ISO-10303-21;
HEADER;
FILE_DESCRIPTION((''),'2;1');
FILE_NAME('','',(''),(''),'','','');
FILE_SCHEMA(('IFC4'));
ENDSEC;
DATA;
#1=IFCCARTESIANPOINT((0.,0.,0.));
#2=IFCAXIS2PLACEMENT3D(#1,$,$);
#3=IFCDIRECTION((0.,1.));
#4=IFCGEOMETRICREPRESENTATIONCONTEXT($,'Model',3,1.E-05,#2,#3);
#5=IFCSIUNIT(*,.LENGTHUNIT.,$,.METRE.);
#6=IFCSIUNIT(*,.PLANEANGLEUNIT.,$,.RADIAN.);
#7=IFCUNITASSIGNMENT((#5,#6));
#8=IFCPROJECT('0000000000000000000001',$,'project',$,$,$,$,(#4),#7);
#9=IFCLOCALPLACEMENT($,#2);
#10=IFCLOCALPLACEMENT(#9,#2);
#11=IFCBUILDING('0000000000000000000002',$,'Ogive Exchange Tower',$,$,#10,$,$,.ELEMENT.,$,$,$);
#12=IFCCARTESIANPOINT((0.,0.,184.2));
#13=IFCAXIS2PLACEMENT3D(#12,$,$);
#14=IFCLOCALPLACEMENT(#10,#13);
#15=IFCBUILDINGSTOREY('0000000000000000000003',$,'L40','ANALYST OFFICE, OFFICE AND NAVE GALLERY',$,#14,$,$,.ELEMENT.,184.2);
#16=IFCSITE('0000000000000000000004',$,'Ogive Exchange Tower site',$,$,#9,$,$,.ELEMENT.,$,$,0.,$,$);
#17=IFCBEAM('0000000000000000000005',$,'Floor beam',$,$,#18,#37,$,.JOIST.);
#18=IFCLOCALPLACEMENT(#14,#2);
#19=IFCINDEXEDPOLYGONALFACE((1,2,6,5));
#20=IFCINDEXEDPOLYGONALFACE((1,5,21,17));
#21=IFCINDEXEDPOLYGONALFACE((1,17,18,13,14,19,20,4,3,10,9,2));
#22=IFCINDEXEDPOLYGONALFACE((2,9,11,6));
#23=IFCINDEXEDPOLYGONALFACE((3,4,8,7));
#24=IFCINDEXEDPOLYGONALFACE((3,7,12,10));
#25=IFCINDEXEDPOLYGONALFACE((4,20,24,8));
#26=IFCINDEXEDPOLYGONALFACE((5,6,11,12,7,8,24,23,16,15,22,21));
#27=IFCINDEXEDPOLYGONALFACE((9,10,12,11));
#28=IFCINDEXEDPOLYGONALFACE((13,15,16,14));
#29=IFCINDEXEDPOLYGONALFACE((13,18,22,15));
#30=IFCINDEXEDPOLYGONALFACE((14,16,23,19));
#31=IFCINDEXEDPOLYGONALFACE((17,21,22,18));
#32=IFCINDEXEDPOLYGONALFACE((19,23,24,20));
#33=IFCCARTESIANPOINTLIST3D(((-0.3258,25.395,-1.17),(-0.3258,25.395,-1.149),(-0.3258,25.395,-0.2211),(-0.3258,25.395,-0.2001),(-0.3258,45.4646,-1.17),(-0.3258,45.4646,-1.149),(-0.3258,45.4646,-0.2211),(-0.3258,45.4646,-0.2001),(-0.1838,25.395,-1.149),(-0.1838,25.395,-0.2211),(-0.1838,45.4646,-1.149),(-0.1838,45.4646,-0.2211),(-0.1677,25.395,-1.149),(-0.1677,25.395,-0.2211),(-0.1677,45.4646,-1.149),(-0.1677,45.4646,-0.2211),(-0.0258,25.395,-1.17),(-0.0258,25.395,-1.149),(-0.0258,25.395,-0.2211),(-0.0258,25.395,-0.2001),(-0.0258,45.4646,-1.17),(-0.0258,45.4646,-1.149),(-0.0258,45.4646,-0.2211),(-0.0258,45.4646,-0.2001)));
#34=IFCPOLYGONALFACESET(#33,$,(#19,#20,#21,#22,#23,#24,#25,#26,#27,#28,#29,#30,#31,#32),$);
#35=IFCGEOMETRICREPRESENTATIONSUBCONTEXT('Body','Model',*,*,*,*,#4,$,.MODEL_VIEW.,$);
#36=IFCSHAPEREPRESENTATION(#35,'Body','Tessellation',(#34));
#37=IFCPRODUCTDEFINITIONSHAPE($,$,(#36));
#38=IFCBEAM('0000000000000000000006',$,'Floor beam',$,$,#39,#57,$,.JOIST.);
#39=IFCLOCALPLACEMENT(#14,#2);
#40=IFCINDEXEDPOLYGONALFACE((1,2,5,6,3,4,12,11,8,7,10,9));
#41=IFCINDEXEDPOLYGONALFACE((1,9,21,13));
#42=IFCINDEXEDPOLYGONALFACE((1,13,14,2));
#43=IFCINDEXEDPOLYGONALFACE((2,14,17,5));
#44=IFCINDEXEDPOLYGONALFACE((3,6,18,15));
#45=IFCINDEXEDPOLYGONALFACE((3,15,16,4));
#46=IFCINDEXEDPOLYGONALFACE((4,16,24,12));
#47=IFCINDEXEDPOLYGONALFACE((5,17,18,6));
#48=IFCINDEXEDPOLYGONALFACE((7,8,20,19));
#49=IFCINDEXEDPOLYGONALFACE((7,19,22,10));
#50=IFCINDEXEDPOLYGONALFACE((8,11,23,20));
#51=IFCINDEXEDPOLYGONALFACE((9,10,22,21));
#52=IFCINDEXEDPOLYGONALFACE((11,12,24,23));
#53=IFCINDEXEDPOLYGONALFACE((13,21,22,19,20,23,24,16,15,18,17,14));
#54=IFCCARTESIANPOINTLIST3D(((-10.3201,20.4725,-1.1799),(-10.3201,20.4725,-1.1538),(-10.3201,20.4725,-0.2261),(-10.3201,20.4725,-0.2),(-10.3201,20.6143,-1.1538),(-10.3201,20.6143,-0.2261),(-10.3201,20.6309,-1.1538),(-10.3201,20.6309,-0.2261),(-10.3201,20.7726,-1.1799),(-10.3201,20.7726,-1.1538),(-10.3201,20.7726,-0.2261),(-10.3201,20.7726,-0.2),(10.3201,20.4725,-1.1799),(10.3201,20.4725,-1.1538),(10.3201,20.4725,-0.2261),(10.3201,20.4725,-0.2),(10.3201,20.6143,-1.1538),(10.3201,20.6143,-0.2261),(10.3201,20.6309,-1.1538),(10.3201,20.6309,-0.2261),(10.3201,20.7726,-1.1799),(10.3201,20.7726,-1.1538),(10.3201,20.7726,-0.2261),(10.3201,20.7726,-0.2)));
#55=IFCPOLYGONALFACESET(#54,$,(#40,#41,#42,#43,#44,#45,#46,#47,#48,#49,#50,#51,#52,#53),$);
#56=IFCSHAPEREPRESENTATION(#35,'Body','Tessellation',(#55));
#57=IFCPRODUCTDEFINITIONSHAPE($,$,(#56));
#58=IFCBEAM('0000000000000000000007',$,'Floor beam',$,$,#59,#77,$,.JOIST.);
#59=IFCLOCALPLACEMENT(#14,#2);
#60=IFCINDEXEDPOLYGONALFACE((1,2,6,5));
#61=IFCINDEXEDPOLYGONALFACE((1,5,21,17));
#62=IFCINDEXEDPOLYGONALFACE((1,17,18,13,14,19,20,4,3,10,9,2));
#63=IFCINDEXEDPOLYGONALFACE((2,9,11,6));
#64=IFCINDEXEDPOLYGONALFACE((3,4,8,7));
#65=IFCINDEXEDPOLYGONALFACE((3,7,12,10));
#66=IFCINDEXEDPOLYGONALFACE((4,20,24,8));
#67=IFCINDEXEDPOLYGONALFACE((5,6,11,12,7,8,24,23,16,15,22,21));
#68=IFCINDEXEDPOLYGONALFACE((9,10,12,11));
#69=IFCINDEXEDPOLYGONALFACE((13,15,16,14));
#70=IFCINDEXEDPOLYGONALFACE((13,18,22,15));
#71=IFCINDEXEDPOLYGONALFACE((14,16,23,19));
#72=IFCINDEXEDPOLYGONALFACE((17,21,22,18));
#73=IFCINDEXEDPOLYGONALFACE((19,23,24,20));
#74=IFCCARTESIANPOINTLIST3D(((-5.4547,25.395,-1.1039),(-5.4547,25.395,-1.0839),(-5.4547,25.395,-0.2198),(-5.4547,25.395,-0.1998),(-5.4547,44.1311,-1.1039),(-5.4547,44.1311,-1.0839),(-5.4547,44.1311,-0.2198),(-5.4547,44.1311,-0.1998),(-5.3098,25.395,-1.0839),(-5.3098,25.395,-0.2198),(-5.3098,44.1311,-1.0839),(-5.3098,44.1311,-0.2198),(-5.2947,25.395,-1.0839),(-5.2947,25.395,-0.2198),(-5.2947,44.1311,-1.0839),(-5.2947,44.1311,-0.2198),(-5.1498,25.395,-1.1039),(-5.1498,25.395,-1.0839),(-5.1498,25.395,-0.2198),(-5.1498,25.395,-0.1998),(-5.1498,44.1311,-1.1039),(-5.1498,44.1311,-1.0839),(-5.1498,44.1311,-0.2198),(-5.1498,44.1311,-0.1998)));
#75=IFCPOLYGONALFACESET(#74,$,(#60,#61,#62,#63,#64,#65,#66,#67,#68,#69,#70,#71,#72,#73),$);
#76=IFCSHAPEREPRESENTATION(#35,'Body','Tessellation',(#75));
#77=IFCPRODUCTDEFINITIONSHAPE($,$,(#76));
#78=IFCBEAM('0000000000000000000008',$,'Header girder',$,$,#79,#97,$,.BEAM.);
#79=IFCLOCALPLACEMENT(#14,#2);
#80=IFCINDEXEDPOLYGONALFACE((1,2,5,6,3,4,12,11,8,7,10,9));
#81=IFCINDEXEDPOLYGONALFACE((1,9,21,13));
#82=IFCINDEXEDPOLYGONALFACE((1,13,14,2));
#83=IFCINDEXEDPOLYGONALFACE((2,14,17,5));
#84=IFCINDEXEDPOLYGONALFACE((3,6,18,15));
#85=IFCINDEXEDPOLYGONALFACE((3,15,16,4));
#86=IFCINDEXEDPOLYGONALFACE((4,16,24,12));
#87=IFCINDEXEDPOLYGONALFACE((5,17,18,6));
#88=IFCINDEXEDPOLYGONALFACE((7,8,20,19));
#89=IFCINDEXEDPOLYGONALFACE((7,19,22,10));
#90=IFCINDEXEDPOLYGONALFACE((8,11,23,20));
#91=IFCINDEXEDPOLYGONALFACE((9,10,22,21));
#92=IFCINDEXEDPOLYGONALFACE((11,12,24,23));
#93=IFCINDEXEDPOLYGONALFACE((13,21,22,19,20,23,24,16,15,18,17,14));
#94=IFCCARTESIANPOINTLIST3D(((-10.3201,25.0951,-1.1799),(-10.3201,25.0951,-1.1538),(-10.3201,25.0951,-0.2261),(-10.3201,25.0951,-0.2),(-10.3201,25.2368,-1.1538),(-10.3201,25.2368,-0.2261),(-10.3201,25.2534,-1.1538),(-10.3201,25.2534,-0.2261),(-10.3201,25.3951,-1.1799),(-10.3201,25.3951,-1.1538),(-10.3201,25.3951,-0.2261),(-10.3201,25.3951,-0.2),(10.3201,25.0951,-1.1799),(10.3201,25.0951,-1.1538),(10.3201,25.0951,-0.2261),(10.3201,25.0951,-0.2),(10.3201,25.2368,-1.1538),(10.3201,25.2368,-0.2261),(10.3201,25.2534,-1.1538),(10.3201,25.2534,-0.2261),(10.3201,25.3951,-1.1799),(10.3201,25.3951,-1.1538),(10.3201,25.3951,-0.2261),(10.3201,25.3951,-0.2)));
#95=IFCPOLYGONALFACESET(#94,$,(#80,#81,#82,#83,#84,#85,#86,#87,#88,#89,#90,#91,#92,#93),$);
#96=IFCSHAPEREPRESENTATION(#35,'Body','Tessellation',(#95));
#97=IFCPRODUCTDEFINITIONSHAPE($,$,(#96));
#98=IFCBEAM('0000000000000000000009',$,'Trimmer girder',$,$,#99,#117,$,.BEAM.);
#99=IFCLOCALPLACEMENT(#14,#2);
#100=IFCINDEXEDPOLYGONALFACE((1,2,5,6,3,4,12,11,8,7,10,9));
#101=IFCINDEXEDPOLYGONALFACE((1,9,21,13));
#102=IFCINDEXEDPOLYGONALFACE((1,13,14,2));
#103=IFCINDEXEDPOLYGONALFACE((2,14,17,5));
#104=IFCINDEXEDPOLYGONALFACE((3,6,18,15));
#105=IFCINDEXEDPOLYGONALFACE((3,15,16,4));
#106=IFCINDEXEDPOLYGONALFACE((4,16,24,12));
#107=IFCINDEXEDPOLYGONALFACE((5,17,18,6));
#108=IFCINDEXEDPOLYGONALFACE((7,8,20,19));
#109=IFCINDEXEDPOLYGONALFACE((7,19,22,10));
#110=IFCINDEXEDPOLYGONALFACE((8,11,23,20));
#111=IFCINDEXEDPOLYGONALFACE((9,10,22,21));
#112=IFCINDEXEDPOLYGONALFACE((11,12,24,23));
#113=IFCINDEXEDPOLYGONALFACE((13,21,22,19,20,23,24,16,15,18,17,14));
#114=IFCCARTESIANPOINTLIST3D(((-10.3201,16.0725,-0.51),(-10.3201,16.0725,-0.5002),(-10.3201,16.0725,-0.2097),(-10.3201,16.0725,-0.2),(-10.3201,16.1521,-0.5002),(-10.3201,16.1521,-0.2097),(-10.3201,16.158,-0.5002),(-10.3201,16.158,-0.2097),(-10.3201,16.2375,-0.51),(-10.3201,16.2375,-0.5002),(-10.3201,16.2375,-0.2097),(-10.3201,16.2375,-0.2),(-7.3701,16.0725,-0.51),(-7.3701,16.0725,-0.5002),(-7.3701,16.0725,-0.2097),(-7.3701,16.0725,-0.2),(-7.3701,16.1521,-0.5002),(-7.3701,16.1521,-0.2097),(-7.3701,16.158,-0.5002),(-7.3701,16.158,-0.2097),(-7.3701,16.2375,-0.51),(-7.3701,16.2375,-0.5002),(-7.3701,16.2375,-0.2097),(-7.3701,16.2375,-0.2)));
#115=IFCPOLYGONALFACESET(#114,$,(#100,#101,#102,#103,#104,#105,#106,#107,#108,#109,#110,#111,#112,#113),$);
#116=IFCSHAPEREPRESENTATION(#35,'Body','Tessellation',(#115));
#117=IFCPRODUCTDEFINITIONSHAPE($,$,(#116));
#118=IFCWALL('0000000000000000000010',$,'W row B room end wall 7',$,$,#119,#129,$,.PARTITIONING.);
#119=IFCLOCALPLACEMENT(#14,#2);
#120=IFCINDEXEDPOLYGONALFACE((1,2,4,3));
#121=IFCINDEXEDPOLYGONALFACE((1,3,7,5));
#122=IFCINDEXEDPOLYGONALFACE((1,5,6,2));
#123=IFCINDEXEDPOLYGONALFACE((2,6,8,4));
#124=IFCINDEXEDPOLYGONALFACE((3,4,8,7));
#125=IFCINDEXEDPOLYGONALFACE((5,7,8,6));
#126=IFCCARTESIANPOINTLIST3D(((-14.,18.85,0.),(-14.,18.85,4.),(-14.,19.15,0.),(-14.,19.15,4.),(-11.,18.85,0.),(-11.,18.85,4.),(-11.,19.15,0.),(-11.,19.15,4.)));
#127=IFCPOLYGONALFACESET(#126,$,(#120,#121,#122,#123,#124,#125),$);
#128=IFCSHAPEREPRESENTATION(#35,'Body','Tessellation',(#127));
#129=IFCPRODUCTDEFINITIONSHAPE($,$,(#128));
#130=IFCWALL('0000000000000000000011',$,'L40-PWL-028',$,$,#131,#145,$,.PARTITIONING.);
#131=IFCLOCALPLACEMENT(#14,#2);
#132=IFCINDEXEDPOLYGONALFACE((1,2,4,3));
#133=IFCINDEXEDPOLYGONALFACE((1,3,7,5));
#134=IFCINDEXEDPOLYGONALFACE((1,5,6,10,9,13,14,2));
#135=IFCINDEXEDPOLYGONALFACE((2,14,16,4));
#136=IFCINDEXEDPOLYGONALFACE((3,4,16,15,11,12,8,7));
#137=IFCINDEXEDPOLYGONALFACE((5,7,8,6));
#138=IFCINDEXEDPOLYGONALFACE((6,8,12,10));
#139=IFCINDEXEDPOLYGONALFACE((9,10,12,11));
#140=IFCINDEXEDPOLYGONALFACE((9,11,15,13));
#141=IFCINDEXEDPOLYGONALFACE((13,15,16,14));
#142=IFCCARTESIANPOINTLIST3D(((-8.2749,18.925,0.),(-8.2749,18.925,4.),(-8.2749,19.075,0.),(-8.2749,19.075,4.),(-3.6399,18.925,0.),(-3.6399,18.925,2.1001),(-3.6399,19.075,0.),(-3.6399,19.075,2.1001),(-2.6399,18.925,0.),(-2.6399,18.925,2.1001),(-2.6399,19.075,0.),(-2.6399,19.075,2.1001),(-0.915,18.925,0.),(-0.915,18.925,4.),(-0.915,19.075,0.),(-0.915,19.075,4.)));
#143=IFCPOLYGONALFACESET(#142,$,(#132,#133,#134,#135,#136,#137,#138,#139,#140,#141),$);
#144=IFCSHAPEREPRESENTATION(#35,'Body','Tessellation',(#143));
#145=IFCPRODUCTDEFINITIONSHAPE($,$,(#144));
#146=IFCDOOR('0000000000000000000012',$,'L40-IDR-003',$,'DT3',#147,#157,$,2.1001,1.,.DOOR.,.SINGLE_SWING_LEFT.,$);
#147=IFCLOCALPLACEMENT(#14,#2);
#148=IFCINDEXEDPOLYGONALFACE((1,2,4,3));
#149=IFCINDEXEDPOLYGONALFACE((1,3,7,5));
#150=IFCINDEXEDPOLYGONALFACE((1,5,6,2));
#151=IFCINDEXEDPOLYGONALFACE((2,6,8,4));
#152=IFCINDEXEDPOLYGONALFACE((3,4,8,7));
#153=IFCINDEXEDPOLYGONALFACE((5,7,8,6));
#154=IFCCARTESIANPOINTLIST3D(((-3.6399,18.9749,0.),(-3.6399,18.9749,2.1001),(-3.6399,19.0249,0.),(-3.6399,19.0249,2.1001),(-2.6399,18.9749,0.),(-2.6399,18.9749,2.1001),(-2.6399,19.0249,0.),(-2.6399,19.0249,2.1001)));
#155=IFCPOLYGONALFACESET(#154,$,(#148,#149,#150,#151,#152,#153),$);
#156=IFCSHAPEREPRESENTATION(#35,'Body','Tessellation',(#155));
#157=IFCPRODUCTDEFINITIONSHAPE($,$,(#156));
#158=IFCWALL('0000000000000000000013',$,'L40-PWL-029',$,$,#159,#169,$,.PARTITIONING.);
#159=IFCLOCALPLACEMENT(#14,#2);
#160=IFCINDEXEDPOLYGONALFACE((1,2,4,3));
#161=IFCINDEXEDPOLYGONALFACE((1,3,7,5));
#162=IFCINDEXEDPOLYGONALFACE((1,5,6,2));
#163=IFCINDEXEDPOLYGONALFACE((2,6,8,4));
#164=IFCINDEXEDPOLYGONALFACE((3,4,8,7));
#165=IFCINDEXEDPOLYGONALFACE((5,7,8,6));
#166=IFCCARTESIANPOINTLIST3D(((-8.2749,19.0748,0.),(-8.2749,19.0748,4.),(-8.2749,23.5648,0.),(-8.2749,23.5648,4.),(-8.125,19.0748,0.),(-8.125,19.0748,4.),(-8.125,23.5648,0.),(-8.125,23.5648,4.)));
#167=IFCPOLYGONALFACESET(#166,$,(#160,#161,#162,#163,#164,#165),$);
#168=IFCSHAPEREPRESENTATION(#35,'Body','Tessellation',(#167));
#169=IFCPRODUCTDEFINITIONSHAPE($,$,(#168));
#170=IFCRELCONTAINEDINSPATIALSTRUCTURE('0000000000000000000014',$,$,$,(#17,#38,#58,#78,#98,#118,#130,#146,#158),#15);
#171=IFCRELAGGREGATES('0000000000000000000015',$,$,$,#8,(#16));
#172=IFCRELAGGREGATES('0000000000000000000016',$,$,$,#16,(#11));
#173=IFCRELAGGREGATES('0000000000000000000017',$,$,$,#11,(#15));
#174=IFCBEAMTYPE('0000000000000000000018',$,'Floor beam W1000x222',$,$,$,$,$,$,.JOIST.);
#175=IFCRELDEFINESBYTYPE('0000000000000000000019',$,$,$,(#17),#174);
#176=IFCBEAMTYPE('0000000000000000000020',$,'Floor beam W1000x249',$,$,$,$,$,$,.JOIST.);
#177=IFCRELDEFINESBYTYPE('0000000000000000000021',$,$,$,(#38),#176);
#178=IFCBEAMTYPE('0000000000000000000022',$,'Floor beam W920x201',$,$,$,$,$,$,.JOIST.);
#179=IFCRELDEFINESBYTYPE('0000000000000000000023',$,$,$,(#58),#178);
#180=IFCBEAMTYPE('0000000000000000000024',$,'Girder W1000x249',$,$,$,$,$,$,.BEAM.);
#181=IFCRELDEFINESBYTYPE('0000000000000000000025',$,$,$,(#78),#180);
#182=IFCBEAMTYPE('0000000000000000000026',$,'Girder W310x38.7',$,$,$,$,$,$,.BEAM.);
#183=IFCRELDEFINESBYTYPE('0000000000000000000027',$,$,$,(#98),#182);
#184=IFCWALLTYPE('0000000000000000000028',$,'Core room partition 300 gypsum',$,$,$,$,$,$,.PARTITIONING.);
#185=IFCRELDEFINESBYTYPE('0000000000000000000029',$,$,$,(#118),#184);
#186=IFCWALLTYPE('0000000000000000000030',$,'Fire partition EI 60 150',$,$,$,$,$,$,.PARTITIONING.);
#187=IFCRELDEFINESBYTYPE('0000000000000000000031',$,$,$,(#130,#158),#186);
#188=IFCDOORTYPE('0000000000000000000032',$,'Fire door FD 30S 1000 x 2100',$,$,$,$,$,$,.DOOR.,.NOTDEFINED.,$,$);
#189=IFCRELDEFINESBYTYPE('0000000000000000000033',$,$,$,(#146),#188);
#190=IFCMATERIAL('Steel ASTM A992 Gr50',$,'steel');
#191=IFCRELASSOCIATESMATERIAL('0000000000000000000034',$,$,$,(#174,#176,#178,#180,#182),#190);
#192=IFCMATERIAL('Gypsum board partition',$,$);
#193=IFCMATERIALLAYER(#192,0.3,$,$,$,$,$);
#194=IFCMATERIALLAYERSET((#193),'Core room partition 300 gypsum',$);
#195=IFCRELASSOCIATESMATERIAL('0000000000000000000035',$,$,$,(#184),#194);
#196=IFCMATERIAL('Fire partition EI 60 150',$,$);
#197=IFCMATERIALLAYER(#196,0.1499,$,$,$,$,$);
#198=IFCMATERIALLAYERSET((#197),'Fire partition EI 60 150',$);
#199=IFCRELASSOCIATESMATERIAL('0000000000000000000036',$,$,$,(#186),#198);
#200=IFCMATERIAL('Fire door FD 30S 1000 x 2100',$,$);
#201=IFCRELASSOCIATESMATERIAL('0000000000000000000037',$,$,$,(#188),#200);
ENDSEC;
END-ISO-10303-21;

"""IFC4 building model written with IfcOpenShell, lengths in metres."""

from ifc_helpers import new_model, si_unit, direction, frame, frame_2d, origin, origin_2d, place, context, subcontext, project, spatial, rectangle, i_section, extrude, material, layer, layer_set, material_profile, profile_set, type_object, element, fill, save


model = new_model("IFC4")

# Units and contexts
model_context = context("Model", 3, precision=1e-05, world=origin(), true_north=direction((0.0, 1.0)))
body_context = subcontext(model_context, "Body", "Model", "MODEL_VIEW")
ifc_project = project(units=[si_unit("LENGTHUNIT", "METRE"), si_unit("PLANEANGLEUNIT", "RADIAN")], contexts=[model_context])

# Site, building, storey
site_placement = place(None, origin())
site = spatial("IfcSite", under=ifc_project, at=site_placement, Name="Ogive Exchange Tower site", CompositionType="ELEMENT", RefElevation=0.0)
building_placement = place(site_placement, origin())
building = spatial("IfcBuilding", under=site, at=building_placement, Name="Ogive Exchange Tower", CompositionType="ELEMENT")
storey_placement = place(building_placement, frame((0.0, 0.0, 184.2)))
storey = spatial("IfcBuildingStorey", under=building, at=storey_placement, Name="L40", Description="ANALYST OFFICE, OFFICE AND NAVE GALLERY", CompositionType="ELEMENT", Elevation=184.2)

# Beams
ifc_material_1 = material(Name="Steel ASTM A992 Gr50", Category="steel")
ifc_material_profile_1 = material_profile(ifc_material_1, i_section(OverallWidth=0.3, OverallDepth=0.97, WebThickness=0.0161, FlangeThickness=0.021, at=origin_2d()), Name="W1000x222")
ifc_profile_set_1 = profile_set([ifc_material_profile_1], Name="Steel ASTM A992 Gr50")
beam_type_1 = type_object("IfcBeamType", Name="Floor beam W1000x222", PredefinedType="JOIST", material=ifc_profile_set_1)
beam_1_placement = place(storey_placement, frame((-0.1758, 25.395, -0.6851), z_axis=(0.0, 1.0, 0.0), x_axis=(-1.0, 0.0, 0.0)))
element("IfcBeam", 1, at=beam_1_placement, inside=storey, type_object=beam_type_1, Name="Floor beam", PredefinedType="JOIST", context=body_context, shape_type="SweptSolid", body=[
    extrude(i_section(OverallWidth=0.3, OverallDepth=0.97, WebThickness=0.0161, FlangeThickness=0.021, at=origin_2d()), origin(), (0.0, 0.0, 1.0), 20.0696),
])
ifc_material_profile_2 = material_profile(ifc_material_1, i_section(OverallWidth=0.3, OverallDepth=0.98, WebThickness=0.0166, FlangeThickness=0.0261, at=origin_2d()), Name="W1000x249")
ifc_profile_set_2 = profile_set([ifc_material_profile_2], Name="Steel ASTM A992 Gr50")
beam_type_2 = type_object("IfcBeamType", Name="Floor beam W1000x249", PredefinedType="JOIST", material=ifc_profile_set_2)
beam_2_placement = place(storey_placement, frame((-10.3201, 20.6226, -0.6899), z_axis=(1.0, 0.0, 0.0), x_axis=(0.0, 1.0, 0.0)))
element("IfcBeam", 2, at=beam_2_placement, inside=storey, type_object=beam_type_2, Name="Floor beam", PredefinedType="JOIST", context=body_context, shape_type="SweptSolid", body=[
    extrude(i_section(OverallWidth=0.3, OverallDepth=0.98, WebThickness=0.0166, FlangeThickness=0.0261, at=origin_2d()), origin(), (0.0, 0.0, 1.0), 20.6401),
])
ifc_material_profile_3 = material_profile(ifc_material_1, i_section(OverallWidth=0.3049, OverallDepth=0.9041, WebThickness=0.0151, FlangeThickness=0.02, at=origin_2d()), Name="W920x201")
ifc_profile_set_3 = profile_set([ifc_material_profile_3], Name="Steel ASTM A992 Gr50")
beam_type_3 = type_object("IfcBeamType", Name="Floor beam W920x201", PredefinedType="JOIST", material=ifc_profile_set_3)
beam_3_placement = place(storey_placement, frame((-5.3022, 25.395, -0.6519), z_axis=(0.0, 1.0, 0.0), x_axis=(-1.0, 0.0, 0.0)))
element("IfcBeam", 3, at=beam_3_placement, inside=storey, type_object=beam_type_3, Name="Floor beam", PredefinedType="JOIST", context=body_context, shape_type="SweptSolid", body=[
    extrude(i_section(OverallWidth=0.3049, OverallDepth=0.9041, WebThickness=0.0151, FlangeThickness=0.02, at=origin_2d()), origin(), (0.0, 0.0, 1.0), 18.7361),
])
ifc_material_profile_4 = material_profile(ifc_material_1, i_section(OverallWidth=0.3, OverallDepth=0.98, WebThickness=0.0166, FlangeThickness=0.0261, at=origin_2d()), Name="W1000x249")
ifc_profile_set_4 = profile_set([ifc_material_profile_4], Name="Steel ASTM A992 Gr50")
beam_type_4 = type_object("IfcBeamType", Name="Girder W1000x249", PredefinedType="BEAM", material=ifc_profile_set_4)
beam_4_placement = place(storey_placement, frame((-10.3201, 25.2451, -0.6899), z_axis=(1.0, 0.0, 0.0), x_axis=(0.0, 1.0, 0.0)))
element("IfcBeam", 4, at=beam_4_placement, inside=storey, type_object=beam_type_4, Name="Header girder", PredefinedType="BEAM", context=body_context, shape_type="SweptSolid", body=[
    extrude(i_section(OverallWidth=0.3, OverallDepth=0.98, WebThickness=0.0166, FlangeThickness=0.0261, at=origin_2d()), origin(), (0.0, 0.0, 1.0), 20.6401),
])
ifc_material_profile_5 = material_profile(ifc_material_1, i_section(OverallWidth=0.165, OverallDepth=0.3101, WebThickness=0.0059, FlangeThickness=0.0098, at=origin_2d()), Name="W310x38.7")
ifc_profile_set_5 = profile_set([ifc_material_profile_5], Name="Steel ASTM A992 Gr50")
beam_type_5 = type_object("IfcBeamType", Name="Girder W310x38.7", PredefinedType="BEAM", material=ifc_profile_set_5)
beam_5_placement = place(storey_placement, frame((-10.3201, 16.155, -0.355), z_axis=(1.0, 0.0, 0.0), x_axis=(0.0, 1.0, 0.0)))
element("IfcBeam", 5, at=beam_5_placement, inside=storey, type_object=beam_type_5, Name="Trimmer girder", PredefinedType="BEAM", context=body_context, shape_type="SweptSolid", body=[
    extrude(i_section(OverallWidth=0.165, OverallDepth=0.3101, WebThickness=0.0059, FlangeThickness=0.0098, at=origin_2d()), origin(), (0.0, 0.0, 1.0), 2.95),
])

# Wall
ifc_material_2 = material(Name="Gypsum board partition")
ifc_layer_1 = layer(ifc_material_2, 0.3)
ifc_layer_set_1 = layer_set([ifc_layer_1], Name="Core room partition 300 gypsum")
wall_type_1 = type_object("IfcWallType", Name="Core room partition 300 gypsum", PredefinedType="PARTITIONING", material=ifc_layer_set_1)
wall_1_placement = place(storey_placement, frame((-14.0, 19.0, 0.0), z_axis=(0.0, 0.0, 1.0), x_axis=(1.0, 0.0, 0.0)))
element("IfcWall", 6, at=wall_1_placement, inside=storey, type_object=wall_type_1, Name="W row B room end wall 7", PredefinedType="PARTITIONING", context=body_context, shape_type="SweptSolid", body=[
    extrude(rectangle(XDim=3.0, YDim=0.3, at=frame_2d((1.5, 0.0))), origin(), (0.0, 0.0, 1.0), 4.0),
])

# Wall, opening, door
ifc_material_3 = material(Name="Fire partition EI 60 150")
ifc_layer_2 = layer(ifc_material_3, 0.1499)
ifc_layer_set_2 = layer_set([ifc_layer_2], Name="Fire partition EI 60 150")
wall_type_2 = type_object("IfcWallType", Name="Fire partition EI 60 150", PredefinedType="PARTITIONING", material=ifc_layer_set_2)
wall_2_placement = place(storey_placement, frame((-8.2749, 19.0, 0.0), z_axis=(0.0, 0.0, 1.0), x_axis=(1.0, 0.0, 0.0)))
wall_2 = element("IfcWall", 7, at=wall_2_placement, inside=storey, type_object=wall_type_2, Name="L40-PWL-028", PredefinedType="PARTITIONING", context=body_context, shape_type="SweptSolid", body=[
    extrude(rectangle(XDim=7.3599, YDim=0.1499, at=frame_2d((3.6799, 0.0))), origin(), (0.0, 0.0, 1.0), 4.0),
])
opening_1_placement = place(wall_2_placement, frame((4.635, 0.0, 0.0)))
opening_1 = element("IfcOpeningElement", 8, at=opening_1_placement, cuts=wall_2, PredefinedType="OPENING", context=body_context, shape_type="SweptSolid", body=[
    extrude(rectangle(XDim=1.0, YDim=2.1001, at=frame_2d((0.5, 1.05))), frame((0.0, 0.085, 0.0), z_axis=(0.0, -1.0, 0.0), x_axis=(1.0, 0.0, 0.0)), (0.0, 0.0, 1.0), 0.1699),
])
ifc_material_4 = material(Name="Fire door FD 30S 1000 x 2100")
door_type_1 = type_object("IfcDoorType", Name="Fire door FD 30S 1000 x 2100", OperationType="NOTDEFINED", PredefinedType="DOOR", material=ifc_material_4)
door_1_placement = place(opening_1_placement, origin())
door_1 = element("IfcDoor", 9, at=door_1_placement, inside=storey, type_object=door_type_1, Name="L40-IDR-003", ObjectType="DT3", OperationType="SINGLE_SWING_LEFT", OverallHeight=2.1001, OverallWidth=1.0, PredefinedType="DOOR", context=body_context, shape_type="SweptSolid", body=[
    extrude(rectangle(XDim=1.0, YDim=2.1001, at=frame_2d((0.5, 1.05))), frame((0.0, 0.0249, 0.0), z_axis=(0.0, -1.0, 0.0), x_axis=(1.0, 0.0, 0.0)), (0.0, 0.0, 1.0), 0.05),
])
fill(opening_1, door_1)

# Wall
wall_3_placement = place(storey_placement, frame((-8.2, 23.5649, 0.0), z_axis=(0.0, 0.0, 1.0), x_axis=(0.0, -1.0, 0.0)))
element("IfcWall", 10, at=wall_3_placement, inside=storey, type_object=wall_type_2, Name="L40-PWL-029", PredefinedType="PARTITIONING", context=body_context, shape_type="SweptSolid", body=[
    extrude(rectangle(XDim=4.49, YDim=0.1499, at=frame_2d((2.2451, 0.0))), origin(), (0.0, 0.0, 1.0), 4.0),
])

save(model, "model.ifc")
